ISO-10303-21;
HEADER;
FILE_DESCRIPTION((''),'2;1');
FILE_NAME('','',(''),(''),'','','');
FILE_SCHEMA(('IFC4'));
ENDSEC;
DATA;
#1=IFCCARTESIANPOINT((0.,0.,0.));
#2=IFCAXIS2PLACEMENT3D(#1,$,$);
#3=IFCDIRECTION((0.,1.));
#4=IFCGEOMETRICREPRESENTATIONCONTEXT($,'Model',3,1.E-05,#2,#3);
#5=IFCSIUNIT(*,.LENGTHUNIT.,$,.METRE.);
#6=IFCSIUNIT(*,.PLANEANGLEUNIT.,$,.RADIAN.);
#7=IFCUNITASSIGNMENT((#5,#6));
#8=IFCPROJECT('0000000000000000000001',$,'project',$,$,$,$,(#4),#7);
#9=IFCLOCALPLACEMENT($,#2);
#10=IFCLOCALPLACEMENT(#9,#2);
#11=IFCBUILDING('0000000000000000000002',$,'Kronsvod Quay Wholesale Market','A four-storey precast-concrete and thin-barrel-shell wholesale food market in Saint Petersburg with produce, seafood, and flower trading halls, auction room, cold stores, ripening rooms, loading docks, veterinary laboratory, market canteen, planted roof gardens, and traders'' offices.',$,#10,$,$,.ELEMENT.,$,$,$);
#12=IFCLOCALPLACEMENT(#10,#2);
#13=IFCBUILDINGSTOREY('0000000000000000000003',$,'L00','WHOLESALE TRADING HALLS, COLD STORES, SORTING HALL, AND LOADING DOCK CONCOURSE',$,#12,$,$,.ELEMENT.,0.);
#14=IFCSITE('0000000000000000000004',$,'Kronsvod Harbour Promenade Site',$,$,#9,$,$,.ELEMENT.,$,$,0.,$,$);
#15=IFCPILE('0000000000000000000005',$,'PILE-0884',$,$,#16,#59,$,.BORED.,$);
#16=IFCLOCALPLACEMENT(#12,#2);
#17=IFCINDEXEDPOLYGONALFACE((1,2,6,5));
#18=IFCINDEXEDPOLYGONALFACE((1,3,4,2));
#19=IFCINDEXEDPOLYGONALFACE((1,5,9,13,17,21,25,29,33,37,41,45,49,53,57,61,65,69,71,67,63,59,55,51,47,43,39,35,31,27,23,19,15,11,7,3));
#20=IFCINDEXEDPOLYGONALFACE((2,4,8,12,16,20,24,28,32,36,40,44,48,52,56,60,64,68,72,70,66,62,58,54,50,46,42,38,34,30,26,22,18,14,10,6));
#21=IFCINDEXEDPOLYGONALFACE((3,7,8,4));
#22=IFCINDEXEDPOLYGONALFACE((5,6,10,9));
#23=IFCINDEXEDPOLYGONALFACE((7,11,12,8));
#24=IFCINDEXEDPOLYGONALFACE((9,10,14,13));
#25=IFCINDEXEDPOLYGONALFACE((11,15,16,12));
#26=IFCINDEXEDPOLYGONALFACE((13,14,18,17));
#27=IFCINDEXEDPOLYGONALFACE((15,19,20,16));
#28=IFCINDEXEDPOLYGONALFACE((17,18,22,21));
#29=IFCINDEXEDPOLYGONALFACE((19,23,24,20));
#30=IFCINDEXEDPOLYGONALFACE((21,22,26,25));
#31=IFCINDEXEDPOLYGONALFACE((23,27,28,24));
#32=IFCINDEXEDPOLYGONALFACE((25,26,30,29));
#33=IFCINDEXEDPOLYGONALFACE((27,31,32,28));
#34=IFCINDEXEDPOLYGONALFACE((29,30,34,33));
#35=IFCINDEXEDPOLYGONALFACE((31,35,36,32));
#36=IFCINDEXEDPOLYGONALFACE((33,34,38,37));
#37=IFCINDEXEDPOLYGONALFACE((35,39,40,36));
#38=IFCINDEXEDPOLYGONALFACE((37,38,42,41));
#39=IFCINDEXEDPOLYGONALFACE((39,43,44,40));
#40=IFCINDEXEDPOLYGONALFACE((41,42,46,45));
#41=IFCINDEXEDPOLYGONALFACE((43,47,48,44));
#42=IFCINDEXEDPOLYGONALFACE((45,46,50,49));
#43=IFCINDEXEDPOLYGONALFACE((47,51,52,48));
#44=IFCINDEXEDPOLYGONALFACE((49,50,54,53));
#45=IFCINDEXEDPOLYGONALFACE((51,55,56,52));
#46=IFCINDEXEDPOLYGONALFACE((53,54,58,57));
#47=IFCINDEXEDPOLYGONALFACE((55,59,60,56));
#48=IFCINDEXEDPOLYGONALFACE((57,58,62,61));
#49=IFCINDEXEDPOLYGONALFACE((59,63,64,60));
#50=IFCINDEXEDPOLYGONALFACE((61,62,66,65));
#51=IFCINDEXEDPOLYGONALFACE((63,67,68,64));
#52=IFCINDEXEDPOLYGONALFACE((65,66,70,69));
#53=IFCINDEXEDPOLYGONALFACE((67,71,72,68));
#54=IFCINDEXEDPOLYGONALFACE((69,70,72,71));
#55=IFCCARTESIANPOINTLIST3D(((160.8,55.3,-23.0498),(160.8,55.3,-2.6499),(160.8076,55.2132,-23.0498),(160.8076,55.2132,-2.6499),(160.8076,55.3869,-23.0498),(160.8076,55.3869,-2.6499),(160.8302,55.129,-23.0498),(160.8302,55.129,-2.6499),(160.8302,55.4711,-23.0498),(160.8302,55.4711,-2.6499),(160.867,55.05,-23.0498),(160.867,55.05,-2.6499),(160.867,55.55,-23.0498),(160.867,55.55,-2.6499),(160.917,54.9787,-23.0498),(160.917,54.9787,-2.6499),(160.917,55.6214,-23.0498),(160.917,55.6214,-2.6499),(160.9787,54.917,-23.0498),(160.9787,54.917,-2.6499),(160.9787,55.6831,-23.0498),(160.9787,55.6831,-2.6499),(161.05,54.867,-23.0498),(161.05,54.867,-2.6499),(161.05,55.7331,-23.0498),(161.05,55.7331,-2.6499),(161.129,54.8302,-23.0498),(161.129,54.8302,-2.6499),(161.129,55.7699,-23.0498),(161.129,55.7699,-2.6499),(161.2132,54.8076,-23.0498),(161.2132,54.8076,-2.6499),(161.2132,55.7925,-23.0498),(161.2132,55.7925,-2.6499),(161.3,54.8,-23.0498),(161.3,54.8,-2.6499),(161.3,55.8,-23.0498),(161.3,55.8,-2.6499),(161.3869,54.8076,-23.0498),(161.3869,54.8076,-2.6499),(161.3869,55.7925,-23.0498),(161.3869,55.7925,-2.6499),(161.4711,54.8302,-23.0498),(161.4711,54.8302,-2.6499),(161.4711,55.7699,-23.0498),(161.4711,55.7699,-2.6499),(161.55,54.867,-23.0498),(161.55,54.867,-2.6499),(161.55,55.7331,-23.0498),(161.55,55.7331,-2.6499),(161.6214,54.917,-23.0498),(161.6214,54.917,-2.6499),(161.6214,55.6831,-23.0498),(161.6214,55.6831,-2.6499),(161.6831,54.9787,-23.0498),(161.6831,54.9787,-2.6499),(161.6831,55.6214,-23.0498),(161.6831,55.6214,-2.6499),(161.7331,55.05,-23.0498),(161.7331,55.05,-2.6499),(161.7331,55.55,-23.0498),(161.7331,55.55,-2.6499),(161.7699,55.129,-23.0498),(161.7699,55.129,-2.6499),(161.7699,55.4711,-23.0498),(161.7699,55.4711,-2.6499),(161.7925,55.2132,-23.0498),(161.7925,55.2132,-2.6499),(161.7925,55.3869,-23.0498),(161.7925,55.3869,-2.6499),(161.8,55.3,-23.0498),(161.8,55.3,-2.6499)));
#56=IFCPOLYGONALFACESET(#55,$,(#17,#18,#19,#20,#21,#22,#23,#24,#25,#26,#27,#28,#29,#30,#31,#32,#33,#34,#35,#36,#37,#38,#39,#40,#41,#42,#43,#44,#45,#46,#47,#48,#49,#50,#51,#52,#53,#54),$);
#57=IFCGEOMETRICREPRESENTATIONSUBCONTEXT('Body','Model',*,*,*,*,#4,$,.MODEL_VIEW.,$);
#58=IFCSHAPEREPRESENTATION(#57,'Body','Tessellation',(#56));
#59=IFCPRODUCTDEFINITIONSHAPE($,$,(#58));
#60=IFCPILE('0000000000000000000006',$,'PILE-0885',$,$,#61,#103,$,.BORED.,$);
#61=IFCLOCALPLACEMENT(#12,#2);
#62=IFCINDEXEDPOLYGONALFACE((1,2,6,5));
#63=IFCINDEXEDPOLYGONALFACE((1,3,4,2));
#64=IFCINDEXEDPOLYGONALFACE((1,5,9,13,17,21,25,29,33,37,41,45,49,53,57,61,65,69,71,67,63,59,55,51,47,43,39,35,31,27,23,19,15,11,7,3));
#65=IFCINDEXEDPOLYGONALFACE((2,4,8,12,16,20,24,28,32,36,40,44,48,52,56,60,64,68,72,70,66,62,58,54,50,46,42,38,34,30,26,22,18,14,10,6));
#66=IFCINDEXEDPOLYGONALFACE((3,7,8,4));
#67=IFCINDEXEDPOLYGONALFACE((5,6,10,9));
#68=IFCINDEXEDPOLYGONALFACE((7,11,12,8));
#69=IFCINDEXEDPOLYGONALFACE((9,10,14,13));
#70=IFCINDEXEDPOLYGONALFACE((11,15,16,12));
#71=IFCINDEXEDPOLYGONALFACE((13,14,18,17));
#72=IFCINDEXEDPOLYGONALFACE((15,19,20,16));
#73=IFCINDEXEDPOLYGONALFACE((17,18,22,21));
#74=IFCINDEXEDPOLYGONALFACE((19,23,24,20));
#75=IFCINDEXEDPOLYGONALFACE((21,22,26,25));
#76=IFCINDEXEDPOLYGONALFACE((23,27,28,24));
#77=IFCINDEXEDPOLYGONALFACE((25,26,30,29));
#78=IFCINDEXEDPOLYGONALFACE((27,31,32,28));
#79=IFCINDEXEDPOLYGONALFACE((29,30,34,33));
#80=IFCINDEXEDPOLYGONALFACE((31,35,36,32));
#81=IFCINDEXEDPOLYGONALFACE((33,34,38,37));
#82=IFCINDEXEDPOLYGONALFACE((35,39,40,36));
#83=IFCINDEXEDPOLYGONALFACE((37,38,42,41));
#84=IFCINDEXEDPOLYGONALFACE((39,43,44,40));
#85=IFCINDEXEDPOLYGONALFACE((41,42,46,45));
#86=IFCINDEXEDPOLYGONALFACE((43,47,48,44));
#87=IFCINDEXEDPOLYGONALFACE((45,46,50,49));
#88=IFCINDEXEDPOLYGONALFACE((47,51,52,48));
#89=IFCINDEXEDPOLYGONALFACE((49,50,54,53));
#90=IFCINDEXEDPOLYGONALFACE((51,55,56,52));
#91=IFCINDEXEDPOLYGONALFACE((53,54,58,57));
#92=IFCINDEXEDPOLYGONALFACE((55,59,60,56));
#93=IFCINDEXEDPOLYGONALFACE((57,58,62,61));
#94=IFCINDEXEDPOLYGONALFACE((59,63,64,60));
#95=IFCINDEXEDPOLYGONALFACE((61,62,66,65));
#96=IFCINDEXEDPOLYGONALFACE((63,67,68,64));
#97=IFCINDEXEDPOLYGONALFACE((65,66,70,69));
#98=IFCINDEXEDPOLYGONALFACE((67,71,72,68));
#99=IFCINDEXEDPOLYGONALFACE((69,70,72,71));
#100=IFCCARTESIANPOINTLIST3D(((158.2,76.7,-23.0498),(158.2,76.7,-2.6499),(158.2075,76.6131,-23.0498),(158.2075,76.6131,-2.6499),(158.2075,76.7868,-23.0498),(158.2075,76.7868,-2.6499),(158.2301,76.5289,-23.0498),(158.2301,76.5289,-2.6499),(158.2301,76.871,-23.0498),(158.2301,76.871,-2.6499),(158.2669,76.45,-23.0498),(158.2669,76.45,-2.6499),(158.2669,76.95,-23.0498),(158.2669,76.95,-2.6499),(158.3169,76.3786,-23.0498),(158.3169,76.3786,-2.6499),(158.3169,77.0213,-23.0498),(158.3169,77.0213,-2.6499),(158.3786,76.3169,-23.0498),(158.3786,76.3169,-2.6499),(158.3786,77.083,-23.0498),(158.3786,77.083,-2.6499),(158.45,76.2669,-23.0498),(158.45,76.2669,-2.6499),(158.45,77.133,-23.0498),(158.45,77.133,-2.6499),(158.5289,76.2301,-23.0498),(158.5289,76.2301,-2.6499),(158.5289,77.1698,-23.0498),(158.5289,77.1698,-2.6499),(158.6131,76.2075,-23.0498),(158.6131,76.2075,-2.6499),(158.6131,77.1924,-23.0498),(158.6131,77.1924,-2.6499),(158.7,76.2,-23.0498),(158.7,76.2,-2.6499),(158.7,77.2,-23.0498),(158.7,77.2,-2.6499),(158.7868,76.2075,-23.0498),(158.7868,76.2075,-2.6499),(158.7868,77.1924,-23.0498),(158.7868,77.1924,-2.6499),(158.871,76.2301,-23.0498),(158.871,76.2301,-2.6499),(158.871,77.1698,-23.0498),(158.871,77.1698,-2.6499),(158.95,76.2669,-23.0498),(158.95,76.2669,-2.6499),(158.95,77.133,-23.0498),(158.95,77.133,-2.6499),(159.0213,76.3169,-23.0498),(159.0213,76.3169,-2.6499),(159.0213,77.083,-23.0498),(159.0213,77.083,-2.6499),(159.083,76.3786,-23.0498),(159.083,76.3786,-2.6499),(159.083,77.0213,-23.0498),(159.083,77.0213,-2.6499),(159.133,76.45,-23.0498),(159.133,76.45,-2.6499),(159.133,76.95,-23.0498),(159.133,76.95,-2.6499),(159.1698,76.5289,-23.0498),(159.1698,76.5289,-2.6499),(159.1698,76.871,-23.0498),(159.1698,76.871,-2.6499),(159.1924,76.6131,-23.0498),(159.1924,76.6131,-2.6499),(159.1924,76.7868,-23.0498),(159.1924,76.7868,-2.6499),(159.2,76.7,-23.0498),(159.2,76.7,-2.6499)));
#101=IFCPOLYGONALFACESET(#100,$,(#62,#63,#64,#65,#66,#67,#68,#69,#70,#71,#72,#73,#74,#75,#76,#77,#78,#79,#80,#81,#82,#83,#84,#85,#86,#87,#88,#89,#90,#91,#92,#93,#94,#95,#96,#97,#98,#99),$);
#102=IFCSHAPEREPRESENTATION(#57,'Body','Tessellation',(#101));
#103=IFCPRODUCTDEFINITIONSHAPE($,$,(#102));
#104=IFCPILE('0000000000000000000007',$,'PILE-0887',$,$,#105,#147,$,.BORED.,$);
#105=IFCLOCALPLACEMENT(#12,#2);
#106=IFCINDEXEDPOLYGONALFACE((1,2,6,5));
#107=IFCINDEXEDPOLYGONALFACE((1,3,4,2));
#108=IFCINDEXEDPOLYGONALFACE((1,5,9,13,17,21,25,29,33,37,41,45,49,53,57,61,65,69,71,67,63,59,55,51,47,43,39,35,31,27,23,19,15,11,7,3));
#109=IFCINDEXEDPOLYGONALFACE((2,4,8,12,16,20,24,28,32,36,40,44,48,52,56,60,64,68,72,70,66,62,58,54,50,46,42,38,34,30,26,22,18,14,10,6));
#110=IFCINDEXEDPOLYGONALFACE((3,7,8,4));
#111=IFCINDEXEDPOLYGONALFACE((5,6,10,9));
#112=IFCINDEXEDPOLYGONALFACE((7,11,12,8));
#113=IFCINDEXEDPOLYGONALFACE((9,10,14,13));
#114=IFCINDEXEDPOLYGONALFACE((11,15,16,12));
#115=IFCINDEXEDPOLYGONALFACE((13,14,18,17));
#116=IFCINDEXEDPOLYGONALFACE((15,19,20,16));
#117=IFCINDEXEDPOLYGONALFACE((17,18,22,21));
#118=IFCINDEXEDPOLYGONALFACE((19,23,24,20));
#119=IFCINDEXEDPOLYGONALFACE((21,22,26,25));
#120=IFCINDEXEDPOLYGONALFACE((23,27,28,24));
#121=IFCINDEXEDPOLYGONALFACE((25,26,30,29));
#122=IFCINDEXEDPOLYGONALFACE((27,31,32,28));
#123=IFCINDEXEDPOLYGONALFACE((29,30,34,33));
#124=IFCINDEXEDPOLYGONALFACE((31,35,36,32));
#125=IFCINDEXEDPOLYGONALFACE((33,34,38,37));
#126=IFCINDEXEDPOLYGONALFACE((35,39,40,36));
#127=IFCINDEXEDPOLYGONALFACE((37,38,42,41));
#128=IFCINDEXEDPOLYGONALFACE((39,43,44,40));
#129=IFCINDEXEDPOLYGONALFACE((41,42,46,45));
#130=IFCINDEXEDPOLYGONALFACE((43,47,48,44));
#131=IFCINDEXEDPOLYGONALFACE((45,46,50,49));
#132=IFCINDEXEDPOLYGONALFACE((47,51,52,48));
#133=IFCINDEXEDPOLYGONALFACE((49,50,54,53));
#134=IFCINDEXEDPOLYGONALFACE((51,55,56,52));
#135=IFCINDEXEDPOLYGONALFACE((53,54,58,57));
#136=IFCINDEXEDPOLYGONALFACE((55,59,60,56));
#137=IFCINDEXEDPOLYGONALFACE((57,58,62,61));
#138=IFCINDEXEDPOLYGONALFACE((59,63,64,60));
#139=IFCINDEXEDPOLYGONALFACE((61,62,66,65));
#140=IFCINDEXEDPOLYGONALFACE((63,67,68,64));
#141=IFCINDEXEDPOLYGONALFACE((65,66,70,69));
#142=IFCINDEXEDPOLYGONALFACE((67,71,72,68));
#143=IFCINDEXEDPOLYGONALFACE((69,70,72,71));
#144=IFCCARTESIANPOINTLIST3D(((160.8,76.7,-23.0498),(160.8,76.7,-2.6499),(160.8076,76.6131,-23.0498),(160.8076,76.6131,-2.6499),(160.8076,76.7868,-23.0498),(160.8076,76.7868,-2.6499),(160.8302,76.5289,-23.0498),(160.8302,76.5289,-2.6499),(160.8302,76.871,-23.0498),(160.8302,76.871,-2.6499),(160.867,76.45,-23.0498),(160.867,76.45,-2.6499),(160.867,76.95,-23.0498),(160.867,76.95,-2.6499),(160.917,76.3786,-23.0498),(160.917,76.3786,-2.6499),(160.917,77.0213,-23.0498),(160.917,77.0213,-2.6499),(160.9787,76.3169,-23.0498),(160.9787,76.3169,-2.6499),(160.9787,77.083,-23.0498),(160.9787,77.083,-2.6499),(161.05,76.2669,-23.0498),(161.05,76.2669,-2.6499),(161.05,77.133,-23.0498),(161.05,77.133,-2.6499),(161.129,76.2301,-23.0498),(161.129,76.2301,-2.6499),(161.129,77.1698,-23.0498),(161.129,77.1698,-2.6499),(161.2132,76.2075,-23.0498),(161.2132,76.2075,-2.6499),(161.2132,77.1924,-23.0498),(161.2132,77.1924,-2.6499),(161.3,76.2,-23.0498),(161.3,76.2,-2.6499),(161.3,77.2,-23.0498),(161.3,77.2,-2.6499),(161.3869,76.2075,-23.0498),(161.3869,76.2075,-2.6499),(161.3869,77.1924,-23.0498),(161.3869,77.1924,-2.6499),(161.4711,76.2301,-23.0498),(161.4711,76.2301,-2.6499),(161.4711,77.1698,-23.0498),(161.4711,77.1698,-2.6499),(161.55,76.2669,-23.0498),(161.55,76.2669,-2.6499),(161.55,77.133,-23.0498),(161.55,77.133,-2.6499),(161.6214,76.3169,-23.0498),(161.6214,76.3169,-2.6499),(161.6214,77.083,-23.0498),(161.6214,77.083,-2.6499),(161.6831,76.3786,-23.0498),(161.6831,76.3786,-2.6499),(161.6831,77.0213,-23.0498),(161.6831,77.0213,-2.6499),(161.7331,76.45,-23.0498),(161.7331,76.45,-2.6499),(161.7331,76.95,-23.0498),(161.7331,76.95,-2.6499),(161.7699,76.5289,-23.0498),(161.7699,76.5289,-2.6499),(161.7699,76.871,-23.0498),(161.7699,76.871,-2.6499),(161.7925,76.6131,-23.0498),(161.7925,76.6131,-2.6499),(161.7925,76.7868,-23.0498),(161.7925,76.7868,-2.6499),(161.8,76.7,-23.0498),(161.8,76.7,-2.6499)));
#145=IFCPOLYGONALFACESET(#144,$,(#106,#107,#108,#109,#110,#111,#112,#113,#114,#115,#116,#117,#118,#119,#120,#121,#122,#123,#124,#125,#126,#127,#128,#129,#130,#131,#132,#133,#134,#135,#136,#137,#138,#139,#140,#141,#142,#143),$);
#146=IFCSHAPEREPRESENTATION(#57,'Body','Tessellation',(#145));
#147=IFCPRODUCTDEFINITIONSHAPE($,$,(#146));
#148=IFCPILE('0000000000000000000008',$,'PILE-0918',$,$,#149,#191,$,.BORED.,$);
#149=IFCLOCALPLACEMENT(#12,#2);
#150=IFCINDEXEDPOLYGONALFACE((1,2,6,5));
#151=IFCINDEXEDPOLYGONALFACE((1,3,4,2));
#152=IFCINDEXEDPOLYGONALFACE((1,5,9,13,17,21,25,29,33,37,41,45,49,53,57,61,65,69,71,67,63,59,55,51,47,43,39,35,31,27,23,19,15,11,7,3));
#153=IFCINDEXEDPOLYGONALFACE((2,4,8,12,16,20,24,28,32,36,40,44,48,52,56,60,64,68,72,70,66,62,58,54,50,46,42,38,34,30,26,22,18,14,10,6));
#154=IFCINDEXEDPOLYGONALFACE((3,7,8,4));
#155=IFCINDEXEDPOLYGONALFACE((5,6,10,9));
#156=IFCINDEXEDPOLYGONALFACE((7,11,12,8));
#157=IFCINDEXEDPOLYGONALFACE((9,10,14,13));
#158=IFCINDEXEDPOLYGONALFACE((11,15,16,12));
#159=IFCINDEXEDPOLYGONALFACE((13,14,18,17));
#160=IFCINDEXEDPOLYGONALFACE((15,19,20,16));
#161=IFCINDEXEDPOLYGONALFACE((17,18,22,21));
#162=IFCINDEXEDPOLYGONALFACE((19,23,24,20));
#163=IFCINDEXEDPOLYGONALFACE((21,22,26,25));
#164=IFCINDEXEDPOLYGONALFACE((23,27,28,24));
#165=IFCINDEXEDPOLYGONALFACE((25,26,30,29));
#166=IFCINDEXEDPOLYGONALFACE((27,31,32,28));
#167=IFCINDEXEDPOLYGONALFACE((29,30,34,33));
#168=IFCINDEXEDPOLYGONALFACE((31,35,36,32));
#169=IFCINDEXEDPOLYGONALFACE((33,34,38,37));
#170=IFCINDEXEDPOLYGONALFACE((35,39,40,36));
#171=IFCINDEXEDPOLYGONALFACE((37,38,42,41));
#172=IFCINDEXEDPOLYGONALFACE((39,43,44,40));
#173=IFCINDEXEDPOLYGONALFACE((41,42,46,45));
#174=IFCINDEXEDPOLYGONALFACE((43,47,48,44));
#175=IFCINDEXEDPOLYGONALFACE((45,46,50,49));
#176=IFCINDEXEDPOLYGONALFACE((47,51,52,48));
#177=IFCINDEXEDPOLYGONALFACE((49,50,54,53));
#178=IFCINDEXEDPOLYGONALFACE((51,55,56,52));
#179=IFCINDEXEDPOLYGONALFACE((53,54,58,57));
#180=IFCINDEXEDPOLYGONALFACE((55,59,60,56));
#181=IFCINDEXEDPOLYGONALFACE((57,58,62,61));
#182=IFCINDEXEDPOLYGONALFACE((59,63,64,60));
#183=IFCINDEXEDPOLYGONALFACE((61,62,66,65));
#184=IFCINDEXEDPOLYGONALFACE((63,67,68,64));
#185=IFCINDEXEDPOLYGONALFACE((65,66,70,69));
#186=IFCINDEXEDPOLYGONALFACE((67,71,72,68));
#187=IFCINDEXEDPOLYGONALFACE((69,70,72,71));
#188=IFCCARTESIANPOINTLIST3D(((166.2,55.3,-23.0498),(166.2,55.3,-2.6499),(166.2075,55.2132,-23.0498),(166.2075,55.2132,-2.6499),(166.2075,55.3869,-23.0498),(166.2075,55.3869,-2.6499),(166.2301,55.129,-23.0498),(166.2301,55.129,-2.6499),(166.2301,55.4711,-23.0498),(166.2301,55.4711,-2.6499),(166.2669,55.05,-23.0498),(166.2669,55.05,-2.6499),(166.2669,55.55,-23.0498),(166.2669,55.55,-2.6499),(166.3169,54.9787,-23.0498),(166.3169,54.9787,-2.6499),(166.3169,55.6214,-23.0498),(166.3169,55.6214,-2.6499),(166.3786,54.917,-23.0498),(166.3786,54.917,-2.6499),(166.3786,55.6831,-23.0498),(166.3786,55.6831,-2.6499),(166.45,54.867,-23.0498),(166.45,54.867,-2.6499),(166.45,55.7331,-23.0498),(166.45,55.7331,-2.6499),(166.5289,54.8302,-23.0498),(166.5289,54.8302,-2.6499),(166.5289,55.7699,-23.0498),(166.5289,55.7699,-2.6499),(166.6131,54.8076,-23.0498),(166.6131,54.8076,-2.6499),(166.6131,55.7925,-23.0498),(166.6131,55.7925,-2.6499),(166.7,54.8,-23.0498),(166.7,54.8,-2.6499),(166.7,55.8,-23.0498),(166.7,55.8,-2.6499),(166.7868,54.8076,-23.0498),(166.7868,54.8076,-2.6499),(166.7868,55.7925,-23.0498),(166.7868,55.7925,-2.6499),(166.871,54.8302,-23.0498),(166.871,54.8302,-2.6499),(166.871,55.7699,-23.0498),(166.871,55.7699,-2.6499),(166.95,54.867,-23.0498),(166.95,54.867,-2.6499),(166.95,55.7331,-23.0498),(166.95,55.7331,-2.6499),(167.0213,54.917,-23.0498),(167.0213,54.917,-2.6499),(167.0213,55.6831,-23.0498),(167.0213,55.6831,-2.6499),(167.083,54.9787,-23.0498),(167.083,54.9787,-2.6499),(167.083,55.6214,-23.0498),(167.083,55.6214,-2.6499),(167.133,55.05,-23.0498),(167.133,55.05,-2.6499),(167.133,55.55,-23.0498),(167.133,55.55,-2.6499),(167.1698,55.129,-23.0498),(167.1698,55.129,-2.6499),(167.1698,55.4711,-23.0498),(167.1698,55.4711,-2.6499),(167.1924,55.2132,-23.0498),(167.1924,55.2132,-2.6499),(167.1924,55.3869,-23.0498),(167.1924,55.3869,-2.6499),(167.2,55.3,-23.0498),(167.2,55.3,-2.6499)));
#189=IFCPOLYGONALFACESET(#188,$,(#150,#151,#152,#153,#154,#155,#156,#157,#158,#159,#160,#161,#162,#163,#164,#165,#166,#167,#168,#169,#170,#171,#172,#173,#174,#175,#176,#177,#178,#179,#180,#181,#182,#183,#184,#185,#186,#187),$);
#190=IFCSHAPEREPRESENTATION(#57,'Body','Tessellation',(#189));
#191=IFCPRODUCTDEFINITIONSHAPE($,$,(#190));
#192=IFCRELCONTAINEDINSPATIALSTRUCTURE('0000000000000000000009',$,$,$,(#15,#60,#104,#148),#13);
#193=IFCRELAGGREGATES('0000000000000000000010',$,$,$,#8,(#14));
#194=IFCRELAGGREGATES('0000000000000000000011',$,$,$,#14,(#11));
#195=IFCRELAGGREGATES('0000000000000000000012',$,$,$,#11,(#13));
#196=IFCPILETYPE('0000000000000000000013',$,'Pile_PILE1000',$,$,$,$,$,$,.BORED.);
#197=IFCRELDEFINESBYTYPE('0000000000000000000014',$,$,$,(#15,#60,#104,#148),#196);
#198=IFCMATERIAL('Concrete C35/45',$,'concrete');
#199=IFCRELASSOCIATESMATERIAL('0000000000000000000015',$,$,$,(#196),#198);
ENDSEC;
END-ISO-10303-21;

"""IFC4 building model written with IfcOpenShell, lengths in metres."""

from ifc_helpers import new_model, si_unit, direction, frame, origin, origin_2d, place, context, subcontext, project, spatial, circle, extrude, material, material_profile, profile_set, type_object, element, save


model = new_model("IFC4")

# Units and contexts
model_context = context("Model", 3, precision=1e-05, world=origin(), true_north=direction((0.0, 1.0)))
body_context = subcontext(model_context, "Body", "Model", "MODEL_VIEW")
ifc_project = project(units=[si_unit("LENGTHUNIT", "METRE"), si_unit("PLANEANGLEUNIT", "RADIAN")], contexts=[model_context])

# Site, building, storey
site_placement = place(None, origin())
site = spatial("IfcSite", under=ifc_project, at=site_placement, Name="Kronsvod Harbour Promenade Site", CompositionType="ELEMENT", RefElevation=0.0)
building_placement = place(site_placement, origin())
building = spatial("IfcBuilding", under=site, at=building_placement, Name="Kronsvod Quay Wholesale Market", Description="A four-storey precast-concrete and thin-barrel-shell wholesale food market in Saint Petersburg with produce, seafood, and flower trading halls, auction room, cold stores, ripening rooms, loading docks, veterinary laboratory, market canteen, planted roof gardens, and traders' offices.", CompositionType="ELEMENT")
storey_placement = place(building_placement, origin())
storey = spatial("IfcBuildingStorey", under=building, at=storey_placement, Name="L00", Description="WHOLESALE TRADING HALLS, COLD STORES, SORTING HALL, AND LOADING DOCK CONCOURSE", CompositionType="ELEMENT", Elevation=0.0)

# Piles
ifc_material_1 = material(Name="Concrete C35/45", Category="concrete")
ifc_material_profile_1 = material_profile(ifc_material_1, circle(Radius=0.5, at=origin_2d()), Name="PILE1000")
ifc_profile_set_1 = profile_set([ifc_material_profile_1], Name="Concrete C35/45")
pile_type = type_object("IfcPileType", Name="Pile_PILE1000", PredefinedType="BORED", material=ifc_profile_set_1)
for number, where, z_axis, x_axis, name in (
    (1, (161.3, 55.3, -2.6499), (0.0, 0.0, -1.0), (1.0, 0.0, 0.0), "PILE-0884"),
    (2, (158.7, 76.7, -2.6499), (0.0, 0.0, -1.0), (1.0, 0.0, 0.0), "PILE-0885"),
    (3, (161.3, 76.7, -2.6499), (0.0, 0.0, -1.0), (1.0, 0.0, 0.0), "PILE-0887"),
    (4, (166.7, 55.3, -2.6499), (0.0, 0.0, -1.0), (1.0, 0.0, 0.0), "PILE-0918"),
):
    element("IfcPile", number, at=place(storey_placement, frame(where, z_axis=z_axis, x_axis=x_axis)), inside=storey, type_object=pile_type, Name=name, PredefinedType="BORED", context=body_context, shape_type="SweptSolid", body=[
        extrude(circle(Radius=0.5, at=origin_2d()), origin(), (0.0, 0.0, 1.0), 20.3999),
    ])

save(model, "model.ifc")
